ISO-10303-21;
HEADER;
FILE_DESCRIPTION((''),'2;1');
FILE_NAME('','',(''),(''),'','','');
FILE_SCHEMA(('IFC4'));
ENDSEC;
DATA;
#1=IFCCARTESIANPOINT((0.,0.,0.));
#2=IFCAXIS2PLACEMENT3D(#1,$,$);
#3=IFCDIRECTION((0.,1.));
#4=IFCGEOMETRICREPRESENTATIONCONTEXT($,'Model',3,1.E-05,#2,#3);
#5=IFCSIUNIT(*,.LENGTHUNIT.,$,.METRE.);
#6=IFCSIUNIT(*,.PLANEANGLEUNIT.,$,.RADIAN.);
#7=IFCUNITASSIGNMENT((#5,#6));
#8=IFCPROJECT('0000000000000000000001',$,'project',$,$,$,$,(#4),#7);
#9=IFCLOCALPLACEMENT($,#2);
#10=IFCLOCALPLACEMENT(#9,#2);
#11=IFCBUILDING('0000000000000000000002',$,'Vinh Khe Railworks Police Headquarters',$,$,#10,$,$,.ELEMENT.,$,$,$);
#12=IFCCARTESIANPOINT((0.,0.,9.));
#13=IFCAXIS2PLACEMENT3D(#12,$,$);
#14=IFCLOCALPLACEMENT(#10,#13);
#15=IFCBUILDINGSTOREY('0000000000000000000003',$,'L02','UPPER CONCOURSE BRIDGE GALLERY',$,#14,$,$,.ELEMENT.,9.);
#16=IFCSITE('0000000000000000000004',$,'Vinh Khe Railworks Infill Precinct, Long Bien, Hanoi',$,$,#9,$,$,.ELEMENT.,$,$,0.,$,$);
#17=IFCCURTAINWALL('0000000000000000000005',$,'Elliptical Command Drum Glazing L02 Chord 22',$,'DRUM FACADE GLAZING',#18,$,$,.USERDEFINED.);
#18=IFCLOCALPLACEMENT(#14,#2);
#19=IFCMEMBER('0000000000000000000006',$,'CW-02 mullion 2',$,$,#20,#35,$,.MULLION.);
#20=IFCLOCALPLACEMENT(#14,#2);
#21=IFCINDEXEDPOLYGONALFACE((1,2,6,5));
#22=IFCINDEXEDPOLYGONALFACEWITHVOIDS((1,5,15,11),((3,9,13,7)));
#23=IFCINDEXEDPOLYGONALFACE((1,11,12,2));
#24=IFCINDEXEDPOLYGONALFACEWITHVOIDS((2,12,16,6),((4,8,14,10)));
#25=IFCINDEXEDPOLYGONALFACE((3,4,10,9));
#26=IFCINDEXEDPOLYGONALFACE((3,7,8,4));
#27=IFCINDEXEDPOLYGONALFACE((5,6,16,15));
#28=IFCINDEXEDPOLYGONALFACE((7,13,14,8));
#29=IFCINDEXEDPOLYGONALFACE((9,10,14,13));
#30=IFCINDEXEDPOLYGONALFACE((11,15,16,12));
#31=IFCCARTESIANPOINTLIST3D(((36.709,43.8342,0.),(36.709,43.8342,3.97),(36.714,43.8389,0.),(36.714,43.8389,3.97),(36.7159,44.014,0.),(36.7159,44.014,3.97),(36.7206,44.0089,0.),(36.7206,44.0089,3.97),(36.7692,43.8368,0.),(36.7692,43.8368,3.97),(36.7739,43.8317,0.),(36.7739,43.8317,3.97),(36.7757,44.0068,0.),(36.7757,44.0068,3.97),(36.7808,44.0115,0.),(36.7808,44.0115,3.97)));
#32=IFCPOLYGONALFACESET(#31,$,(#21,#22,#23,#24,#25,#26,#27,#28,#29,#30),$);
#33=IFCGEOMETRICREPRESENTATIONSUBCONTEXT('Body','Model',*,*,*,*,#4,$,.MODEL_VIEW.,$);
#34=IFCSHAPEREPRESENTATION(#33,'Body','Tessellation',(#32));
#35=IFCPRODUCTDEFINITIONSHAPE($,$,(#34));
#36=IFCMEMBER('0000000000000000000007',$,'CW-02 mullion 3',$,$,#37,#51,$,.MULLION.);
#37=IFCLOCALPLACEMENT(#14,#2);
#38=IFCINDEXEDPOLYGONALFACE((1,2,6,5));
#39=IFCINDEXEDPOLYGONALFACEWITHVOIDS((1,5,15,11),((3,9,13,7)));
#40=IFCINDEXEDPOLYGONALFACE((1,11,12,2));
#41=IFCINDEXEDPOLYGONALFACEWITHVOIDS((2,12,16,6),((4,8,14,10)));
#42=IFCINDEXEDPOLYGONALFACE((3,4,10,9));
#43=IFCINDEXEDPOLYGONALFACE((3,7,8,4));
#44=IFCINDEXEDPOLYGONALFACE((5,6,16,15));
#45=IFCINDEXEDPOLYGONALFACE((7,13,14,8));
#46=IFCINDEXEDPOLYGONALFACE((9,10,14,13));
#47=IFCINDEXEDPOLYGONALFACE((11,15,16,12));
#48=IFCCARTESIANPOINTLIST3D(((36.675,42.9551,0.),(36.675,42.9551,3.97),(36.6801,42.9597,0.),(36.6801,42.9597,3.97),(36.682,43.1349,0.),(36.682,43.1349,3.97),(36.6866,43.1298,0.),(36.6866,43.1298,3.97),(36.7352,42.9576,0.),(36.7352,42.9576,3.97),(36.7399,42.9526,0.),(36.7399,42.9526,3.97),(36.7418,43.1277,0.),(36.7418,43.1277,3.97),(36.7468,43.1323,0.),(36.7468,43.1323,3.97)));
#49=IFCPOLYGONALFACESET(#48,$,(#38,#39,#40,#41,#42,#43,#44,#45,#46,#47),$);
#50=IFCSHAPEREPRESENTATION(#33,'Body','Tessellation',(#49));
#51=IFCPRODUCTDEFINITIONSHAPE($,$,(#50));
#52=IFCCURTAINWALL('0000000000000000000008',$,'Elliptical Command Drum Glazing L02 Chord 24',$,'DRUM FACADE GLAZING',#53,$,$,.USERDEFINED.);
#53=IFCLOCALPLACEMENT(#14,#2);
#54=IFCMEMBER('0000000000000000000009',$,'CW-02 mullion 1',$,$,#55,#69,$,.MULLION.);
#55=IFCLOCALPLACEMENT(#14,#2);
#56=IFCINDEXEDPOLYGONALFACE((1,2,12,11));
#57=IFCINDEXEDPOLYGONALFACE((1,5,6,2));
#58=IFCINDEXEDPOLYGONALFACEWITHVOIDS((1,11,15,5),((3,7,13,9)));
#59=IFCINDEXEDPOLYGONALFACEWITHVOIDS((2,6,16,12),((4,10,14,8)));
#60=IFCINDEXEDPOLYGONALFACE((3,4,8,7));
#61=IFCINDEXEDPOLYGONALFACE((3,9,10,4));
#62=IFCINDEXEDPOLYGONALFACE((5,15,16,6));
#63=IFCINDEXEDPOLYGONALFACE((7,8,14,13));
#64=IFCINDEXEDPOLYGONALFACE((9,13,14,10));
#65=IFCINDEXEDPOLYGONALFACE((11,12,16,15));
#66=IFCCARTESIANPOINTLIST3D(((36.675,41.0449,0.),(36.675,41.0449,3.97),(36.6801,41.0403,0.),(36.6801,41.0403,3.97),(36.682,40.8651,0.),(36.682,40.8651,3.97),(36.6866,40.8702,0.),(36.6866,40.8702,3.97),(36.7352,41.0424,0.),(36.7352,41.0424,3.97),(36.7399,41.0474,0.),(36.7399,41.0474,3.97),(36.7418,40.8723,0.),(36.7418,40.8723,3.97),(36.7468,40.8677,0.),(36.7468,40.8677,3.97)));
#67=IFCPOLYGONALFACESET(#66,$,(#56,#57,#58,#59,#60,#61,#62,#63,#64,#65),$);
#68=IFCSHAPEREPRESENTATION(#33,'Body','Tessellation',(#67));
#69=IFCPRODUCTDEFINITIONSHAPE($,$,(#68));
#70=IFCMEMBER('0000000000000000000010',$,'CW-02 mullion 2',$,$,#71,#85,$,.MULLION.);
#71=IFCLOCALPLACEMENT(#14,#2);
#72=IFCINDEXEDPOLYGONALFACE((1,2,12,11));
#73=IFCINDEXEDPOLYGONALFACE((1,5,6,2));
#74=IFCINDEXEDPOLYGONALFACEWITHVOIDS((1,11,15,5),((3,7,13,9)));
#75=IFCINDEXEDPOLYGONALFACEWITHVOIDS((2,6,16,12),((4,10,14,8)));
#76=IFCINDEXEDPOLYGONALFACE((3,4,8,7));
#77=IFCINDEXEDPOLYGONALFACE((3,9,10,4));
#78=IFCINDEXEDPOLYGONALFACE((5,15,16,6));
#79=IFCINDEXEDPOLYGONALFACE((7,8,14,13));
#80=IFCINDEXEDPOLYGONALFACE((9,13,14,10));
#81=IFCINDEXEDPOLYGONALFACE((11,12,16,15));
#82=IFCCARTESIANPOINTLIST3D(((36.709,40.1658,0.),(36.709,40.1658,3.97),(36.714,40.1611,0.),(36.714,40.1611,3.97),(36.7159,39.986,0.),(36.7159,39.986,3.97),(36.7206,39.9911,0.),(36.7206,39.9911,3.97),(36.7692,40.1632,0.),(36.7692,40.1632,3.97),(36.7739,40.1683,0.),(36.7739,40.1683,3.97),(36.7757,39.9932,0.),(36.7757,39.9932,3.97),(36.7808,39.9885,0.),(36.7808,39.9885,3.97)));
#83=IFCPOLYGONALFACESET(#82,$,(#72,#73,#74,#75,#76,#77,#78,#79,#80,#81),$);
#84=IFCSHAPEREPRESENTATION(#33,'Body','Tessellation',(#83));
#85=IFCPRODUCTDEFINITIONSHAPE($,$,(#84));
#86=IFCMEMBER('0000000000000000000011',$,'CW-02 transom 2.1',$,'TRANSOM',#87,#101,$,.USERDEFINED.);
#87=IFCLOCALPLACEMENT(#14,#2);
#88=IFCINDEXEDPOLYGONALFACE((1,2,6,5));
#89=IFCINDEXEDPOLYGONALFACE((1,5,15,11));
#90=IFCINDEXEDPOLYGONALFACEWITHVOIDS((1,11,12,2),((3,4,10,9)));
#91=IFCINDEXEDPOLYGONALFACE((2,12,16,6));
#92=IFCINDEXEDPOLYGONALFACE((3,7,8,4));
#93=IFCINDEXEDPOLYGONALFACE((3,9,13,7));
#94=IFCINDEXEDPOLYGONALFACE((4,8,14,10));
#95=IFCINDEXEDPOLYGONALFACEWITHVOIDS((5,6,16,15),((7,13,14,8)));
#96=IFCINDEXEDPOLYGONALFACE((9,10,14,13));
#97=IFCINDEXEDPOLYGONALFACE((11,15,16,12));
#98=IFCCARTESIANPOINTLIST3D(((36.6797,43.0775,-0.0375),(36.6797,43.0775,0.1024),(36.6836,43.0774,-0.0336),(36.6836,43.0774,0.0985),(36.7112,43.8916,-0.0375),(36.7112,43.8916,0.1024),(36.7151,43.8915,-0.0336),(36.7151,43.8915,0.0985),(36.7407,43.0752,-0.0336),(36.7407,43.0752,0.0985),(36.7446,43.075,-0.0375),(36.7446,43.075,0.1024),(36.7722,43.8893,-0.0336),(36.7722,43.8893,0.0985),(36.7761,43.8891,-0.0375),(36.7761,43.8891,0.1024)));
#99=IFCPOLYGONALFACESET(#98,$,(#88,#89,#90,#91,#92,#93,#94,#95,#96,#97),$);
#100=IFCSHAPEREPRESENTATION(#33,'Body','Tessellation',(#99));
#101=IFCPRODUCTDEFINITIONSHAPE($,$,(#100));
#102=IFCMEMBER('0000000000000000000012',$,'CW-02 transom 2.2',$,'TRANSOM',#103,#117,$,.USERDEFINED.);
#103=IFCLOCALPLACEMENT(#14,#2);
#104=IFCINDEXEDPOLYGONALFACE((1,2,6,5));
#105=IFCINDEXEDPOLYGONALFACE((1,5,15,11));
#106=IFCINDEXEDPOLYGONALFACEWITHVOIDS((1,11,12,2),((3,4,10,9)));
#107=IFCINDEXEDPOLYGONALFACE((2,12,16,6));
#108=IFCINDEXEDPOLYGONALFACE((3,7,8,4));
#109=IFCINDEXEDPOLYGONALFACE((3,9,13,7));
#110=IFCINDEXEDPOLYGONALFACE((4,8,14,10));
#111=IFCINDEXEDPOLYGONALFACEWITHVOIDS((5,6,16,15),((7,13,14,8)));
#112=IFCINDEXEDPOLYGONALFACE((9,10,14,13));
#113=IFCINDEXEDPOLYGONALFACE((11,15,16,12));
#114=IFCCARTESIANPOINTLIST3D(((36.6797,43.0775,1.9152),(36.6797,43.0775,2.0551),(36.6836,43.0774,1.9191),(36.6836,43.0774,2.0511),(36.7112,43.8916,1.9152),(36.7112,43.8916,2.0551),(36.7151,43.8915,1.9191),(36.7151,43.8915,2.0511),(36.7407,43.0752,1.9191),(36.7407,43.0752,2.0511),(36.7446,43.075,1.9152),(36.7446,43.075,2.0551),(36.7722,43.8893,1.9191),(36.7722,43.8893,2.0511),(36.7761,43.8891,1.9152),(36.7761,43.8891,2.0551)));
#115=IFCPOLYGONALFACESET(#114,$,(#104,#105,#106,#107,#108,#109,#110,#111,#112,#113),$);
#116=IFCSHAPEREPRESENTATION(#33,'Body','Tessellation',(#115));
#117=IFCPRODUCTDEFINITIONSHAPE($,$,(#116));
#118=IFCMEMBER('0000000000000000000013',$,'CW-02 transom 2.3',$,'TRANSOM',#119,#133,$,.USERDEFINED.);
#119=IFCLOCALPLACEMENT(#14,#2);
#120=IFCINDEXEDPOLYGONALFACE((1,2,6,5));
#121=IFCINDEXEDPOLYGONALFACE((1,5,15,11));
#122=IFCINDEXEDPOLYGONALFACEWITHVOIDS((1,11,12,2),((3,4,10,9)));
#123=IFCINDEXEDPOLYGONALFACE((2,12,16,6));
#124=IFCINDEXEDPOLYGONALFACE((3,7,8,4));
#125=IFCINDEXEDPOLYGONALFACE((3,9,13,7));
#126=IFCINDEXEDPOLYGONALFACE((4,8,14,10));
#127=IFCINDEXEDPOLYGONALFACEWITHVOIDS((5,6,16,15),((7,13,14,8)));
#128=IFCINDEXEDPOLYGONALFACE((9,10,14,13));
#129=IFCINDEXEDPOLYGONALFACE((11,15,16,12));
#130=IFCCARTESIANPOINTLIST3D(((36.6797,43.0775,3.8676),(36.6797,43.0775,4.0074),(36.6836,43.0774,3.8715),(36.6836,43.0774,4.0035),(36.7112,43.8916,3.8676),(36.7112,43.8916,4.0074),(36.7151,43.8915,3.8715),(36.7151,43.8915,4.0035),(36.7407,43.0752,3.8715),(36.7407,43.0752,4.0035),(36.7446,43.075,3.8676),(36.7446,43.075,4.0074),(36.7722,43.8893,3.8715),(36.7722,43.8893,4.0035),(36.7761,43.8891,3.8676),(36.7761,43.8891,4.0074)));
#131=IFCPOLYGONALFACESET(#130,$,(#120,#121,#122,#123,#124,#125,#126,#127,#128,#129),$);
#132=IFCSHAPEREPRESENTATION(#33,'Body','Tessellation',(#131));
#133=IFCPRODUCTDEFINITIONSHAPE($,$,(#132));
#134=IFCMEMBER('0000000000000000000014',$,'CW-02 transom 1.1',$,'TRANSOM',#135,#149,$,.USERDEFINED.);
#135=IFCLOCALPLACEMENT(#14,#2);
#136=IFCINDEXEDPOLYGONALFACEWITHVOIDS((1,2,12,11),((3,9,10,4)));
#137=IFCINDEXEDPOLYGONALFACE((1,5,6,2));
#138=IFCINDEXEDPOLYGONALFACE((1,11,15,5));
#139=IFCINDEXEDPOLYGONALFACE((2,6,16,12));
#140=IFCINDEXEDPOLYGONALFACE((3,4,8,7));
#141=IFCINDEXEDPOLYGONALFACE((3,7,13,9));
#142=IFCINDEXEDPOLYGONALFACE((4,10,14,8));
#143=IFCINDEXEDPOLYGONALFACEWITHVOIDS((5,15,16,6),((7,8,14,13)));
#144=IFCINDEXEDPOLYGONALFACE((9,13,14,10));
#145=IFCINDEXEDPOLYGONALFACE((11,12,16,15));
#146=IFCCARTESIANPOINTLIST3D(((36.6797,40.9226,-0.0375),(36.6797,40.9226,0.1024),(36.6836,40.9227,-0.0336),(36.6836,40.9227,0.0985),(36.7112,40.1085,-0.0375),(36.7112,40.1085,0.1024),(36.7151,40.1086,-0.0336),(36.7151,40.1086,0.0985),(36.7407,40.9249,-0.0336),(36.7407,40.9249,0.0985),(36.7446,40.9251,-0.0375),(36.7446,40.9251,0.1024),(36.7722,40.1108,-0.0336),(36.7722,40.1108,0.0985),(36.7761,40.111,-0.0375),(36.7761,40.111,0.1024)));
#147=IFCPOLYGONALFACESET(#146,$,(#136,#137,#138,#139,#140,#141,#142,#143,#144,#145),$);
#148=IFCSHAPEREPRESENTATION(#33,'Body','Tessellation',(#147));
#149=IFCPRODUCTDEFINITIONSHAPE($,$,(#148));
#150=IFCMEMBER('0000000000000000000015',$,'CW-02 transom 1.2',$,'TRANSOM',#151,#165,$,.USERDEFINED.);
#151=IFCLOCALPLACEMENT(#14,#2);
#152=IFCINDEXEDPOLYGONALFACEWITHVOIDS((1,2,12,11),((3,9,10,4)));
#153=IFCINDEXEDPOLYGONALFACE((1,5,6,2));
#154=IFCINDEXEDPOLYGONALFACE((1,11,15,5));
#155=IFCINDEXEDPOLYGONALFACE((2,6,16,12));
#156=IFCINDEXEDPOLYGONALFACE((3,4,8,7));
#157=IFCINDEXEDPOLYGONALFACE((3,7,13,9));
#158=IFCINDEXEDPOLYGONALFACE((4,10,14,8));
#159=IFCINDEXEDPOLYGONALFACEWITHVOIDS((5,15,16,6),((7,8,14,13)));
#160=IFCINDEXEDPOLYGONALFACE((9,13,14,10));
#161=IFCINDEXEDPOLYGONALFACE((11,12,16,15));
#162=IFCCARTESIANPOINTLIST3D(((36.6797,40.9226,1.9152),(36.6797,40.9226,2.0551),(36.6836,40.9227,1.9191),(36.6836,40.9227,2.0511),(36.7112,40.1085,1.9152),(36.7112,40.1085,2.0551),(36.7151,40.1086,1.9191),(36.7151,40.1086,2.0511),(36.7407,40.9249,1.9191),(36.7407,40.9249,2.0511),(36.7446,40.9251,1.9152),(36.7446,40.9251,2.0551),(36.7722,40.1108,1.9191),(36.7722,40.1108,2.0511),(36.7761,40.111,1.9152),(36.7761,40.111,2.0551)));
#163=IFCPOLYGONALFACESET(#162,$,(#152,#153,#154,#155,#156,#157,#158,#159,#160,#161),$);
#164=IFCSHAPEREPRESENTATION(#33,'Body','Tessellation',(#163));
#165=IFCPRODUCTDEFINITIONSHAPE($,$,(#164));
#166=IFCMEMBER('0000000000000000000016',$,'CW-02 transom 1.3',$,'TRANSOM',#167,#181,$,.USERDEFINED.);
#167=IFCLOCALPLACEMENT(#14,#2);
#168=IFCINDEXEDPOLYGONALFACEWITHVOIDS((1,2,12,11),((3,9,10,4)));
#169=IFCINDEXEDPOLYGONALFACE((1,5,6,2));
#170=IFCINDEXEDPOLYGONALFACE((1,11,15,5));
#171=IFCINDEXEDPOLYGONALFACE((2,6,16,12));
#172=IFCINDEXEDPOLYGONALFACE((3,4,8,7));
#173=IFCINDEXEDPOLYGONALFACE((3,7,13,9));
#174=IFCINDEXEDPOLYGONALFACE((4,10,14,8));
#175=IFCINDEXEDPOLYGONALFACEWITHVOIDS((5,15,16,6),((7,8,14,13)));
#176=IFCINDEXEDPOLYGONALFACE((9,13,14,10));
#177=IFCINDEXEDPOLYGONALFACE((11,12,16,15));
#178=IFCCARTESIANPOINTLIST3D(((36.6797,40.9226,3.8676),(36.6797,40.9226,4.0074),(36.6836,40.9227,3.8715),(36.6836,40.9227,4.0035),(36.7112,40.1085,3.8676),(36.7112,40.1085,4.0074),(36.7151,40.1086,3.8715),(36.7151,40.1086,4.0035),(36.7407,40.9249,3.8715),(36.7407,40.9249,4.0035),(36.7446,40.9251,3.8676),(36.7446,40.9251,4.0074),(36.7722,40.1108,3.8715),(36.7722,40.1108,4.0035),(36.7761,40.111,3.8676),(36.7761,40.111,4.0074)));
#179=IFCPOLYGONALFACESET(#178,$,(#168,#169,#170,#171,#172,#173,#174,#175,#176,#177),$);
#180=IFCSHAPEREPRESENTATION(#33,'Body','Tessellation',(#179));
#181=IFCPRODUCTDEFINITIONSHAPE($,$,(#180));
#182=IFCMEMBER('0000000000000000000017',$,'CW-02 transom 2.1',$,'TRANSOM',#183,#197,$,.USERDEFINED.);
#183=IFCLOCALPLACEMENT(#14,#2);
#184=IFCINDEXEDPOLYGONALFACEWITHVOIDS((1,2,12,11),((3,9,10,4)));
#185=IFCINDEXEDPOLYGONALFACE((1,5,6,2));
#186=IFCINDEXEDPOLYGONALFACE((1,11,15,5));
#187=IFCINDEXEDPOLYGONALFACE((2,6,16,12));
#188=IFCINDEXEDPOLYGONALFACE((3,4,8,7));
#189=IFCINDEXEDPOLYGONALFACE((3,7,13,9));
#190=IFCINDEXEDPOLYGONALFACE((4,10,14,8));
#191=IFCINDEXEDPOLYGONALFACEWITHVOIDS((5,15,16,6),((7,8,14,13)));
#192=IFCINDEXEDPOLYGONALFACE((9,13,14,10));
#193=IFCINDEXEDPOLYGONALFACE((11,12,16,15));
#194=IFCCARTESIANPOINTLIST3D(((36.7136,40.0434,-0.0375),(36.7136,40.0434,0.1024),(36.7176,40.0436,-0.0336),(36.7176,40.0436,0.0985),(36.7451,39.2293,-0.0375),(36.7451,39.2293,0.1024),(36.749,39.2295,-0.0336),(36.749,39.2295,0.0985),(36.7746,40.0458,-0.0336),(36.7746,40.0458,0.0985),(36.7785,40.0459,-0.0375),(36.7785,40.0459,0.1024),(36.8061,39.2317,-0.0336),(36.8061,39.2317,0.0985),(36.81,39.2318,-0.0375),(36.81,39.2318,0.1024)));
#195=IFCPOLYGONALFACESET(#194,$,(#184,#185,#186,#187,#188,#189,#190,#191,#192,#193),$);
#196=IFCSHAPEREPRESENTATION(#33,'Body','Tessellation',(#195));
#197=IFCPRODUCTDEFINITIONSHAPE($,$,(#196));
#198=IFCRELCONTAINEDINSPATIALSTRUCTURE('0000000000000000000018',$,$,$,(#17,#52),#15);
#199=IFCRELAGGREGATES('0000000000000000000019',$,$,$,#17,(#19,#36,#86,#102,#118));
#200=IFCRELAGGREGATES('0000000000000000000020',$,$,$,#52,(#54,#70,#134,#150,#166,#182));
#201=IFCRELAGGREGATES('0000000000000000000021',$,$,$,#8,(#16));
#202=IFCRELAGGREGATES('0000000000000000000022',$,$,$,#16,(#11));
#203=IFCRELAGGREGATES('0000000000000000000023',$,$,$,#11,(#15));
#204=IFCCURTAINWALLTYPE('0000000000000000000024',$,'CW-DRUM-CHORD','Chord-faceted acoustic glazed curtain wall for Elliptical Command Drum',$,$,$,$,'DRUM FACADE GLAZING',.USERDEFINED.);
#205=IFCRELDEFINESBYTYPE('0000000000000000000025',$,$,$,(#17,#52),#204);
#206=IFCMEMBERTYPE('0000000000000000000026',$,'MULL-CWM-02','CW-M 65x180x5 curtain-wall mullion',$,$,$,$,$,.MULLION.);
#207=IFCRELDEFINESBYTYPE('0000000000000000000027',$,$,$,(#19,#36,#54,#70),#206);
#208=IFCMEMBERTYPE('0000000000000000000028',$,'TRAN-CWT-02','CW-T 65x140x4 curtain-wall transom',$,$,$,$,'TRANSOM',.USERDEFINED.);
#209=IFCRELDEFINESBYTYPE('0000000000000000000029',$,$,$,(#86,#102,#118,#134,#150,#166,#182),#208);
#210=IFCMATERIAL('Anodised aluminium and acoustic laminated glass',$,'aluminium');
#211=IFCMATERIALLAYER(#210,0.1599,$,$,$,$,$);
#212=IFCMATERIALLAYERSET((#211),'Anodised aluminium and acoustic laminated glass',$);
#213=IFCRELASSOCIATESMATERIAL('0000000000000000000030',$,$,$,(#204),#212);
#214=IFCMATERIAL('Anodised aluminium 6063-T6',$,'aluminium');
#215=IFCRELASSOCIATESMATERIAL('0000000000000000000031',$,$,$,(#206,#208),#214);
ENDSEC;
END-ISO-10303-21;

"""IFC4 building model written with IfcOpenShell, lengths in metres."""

from ifc_helpers import new_model, si_unit, direction, frame, origin, origin_2d, place, context, subcontext, project, spatial, hollow_rectangle, extrude, material, layer, layer_set, material_profile, profile_set, type_object, element, aggregate, save


model = new_model("IFC4")

# Units and contexts
model_context = context("Model", 3, precision=1e-05, world=origin(), true_north=direction((0.0, 1.0)))
body_context = subcontext(model_context, "Body", "Model", "MODEL_VIEW")
ifc_project = project(units=[si_unit("LENGTHUNIT", "METRE"), si_unit("PLANEANGLEUNIT", "RADIAN")], contexts=[model_context])

# Site, building, storey
site_placement = place(None, origin())
site = spatial("IfcSite", under=ifc_project, at=site_placement, Name="Vinh Khe Railworks Infill Precinct, Long Bien, Hanoi", CompositionType="ELEMENT", RefElevation=0.0)
building_placement = place(site_placement, origin())
building = spatial("IfcBuilding", under=site, at=building_placement, Name="Vinh Khe Railworks Police Headquarters", CompositionType="ELEMENT")
storey_placement = place(building_placement, frame((0.0, 0.0, 9.0)))
storey = spatial("IfcBuildingStorey", under=building, at=storey_placement, Name="L02", Description="UPPER CONCOURSE BRIDGE GALLERY", CompositionType="ELEMENT", Elevation=9.0)

# Curtain walls, members
ifc_material_1 = material(Name="Anodised aluminium and acoustic laminated glass", Category="aluminium")
ifc_layer_1 = layer(ifc_material_1, 0.1599)
ifc_layer_set_1 = layer_set([ifc_layer_1], Name="Anodised aluminium and acoustic laminated glass")
curtain_wall_type = type_object("IfcCurtainWallType", Name="CW-DRUM-CHORD", Description="Chord-faceted acoustic glazed curtain wall for Elliptical Command Drum", ElementType="DRUM FACADE GLAZING", PredefinedType="USERDEFINED", material=ifc_layer_set_1)
curtain_wall_1_placement = place(storey_placement, origin())
curtain_wall_1 = element("IfcCurtainWall", 1, at=curtain_wall_1_placement, inside=storey, type_object=curtain_wall_type, Name="Elliptical Command Drum Glazing L02 Chord 22", ObjectType="DRUM FACADE GLAZING", PredefinedType="USERDEFINED")
ifc_material_2 = material(Name="Anodised aluminium 6063-T6", Category="aluminium")
ifc_material_profile_1 = material_profile(ifc_material_2, hollow_rectangle(XDim=0.0649, YDim=0.1799, WallThickness=0.0049, at=origin_2d()), Name="CW-M 65x180x5")
ifc_profile_set_1 = profile_set([ifc_material_profile_1], Name="Anodised aluminium 6063-T6")
member_type_1 = type_object("IfcMemberType", Name="MULL-CWM-02", Description="CW-M 65x180x5 curtain-wall mullion", PredefinedType="MULLION", material=ifc_profile_set_1)
member_1_placement = place(storey_placement, frame((36.7449, 43.9229, 0.0), z_axis=(0.0, 0.0, 1.0), x_axis=(0.999258, -0.038513, 0.0)))
member_1 = element("IfcMember", 2, at=member_1_placement, type_object=member_type_1, Name="CW-02 mullion 2", PredefinedType="MULLION", context=body_context, shape_type="SweptSolid", body=[
    extrude(hollow_rectangle(XDim=0.0649, YDim=0.1799, WallThickness=0.0049, at=origin_2d()), origin(), (0.0, 0.0, 1.0), 3.97),
])
member_2_placement = place(storey_placement, frame((36.7109, 43.0437, 0.0), z_axis=(0.0, 0.0, 1.0), x_axis=(0.999258, -0.038513, 0.0)))
member_2 = element("IfcMember", 3, at=member_2_placement, type_object=member_type_1, Name="CW-02 mullion 3", PredefinedType="MULLION", context=body_context, shape_type="SweptSolid", body=[
    extrude(hollow_rectangle(XDim=0.0649, YDim=0.1799, WallThickness=0.0049, at=origin_2d()), origin(), (0.0, 0.0, 1.0), 3.97),
])
curtain_wall_2_placement = place(storey_placement, origin())
curtain_wall_2 = element("IfcCurtainWall", 4, at=curtain_wall_2_placement, inside=storey, type_object=curtain_wall_type, Name="Elliptical Command Drum Glazing L02 Chord 24", ObjectType="DRUM FACADE GLAZING", PredefinedType="USERDEFINED")
member_3_placement = place(storey_placement, frame((36.7109, 40.9563, 0.0), z_axis=(0.0, 0.0, 1.0), x_axis=(0.999258, 0.038513, 0.0)))
member_3 = element("IfcMember", 5, at=member_3_placement, type_object=member_type_1, Name="CW-02 mullion 1", PredefinedType="MULLION", context=body_context, shape_type="SweptSolid", body=[
    extrude(hollow_rectangle(XDim=0.0649, YDim=0.1799, WallThickness=0.0049, at=origin_2d()), origin(), (0.0, 0.0, 1.0), 3.97),
])
member_4_placement = place(storey_placement, frame((36.7449, 40.0771, 0.0), z_axis=(0.0, 0.0, 1.0), x_axis=(0.999258, 0.038513, 0.0)))
member_4 = element("IfcMember", 6, at=member_4_placement, type_object=member_type_1, Name="CW-02 mullion 2", PredefinedType="MULLION", context=body_context, shape_type="SweptSolid", body=[
    extrude(hollow_rectangle(XDim=0.0649, YDim=0.1799, WallThickness=0.0049, at=origin_2d()), origin(), (0.0, 0.0, 1.0), 3.97),
])

# Members
ifc_material_profile_2 = material_profile(ifc_material_2, hollow_rectangle(XDim=0.0649, YDim=0.1399, WallThickness=0.0039, at=origin_2d()), Name="CW-T 65x140x4")
ifc_profile_set_2 = profile_set([ifc_material_profile_2], Name="Anodised aluminium 6063-T6")
member_type_2 = type_object("IfcMemberType", Name="TRAN-CWT-02", Description="CW-T 65x140x4 curtain-wall transom", ElementType="TRANSOM", PredefinedType="USERDEFINED", material=ifc_profile_set_2)
member_5_placement = place(storey_placement, frame((36.7437, 43.8904, 0.0325), z_axis=(-0.038652, -0.999253, 0.0), x_axis=(0.999253, -0.038652, 0.0)))
member_5 = element("IfcMember", 7, at=member_5_placement, type_object=member_type_2, Name="CW-02 transom 2.1", ObjectType="TRANSOM", PredefinedType="USERDEFINED", context=body_context, shape_type="SweptSolid", body=[
    extrude(hollow_rectangle(XDim=0.0649, YDim=0.1399, WallThickness=0.0039, at=origin_2d()), origin(), (0.0, 0.0, 1.0), 0.8147),
])
member_6_placement = place(storey_placement, frame((36.7437, 43.8904, 1.9851), z_axis=(-0.038652, -0.999253, 0.0), x_axis=(0.999253, -0.038652, 0.0)))
member_6 = element("IfcMember", 8, at=member_6_placement, type_object=member_type_2, Name="CW-02 transom 2.2", ObjectType="TRANSOM", PredefinedType="USERDEFINED", context=body_context, shape_type="SweptSolid", body=[
    extrude(hollow_rectangle(XDim=0.0649, YDim=0.1399, WallThickness=0.0039, at=origin_2d()), origin(), (0.0, 0.0, 1.0), 0.8147),
])
member_7_placement = place(storey_placement, frame((36.7437, 43.8904, 3.9375), z_axis=(-0.038652, -0.999253, 0.0), x_axis=(0.999253, -0.038652, 0.0)))
member_7 = element("IfcMember", 9, at=member_7_placement, type_object=member_type_2, Name="CW-02 transom 2.3", ObjectType="TRANSOM", PredefinedType="USERDEFINED", context=body_context, shape_type="SweptSolid", body=[
    extrude(hollow_rectangle(XDim=0.0649, YDim=0.1399, WallThickness=0.0039, at=origin_2d()), origin(), (0.0, 0.0, 1.0), 0.8147),
])
member_8_placement = place(storey_placement, frame((36.7122, 40.9238, 0.0325), z_axis=(0.038652, -0.999253, 0.0), x_axis=(0.999253, 0.038652, 0.0)))
member_8 = element("IfcMember", 10, at=member_8_placement, type_object=member_type_2, Name="CW-02 transom 1.1", ObjectType="TRANSOM", PredefinedType="USERDEFINED", context=body_context, shape_type="SweptSolid", body=[
    extrude(hollow_rectangle(XDim=0.0649, YDim=0.1399, WallThickness=0.0039, at=origin_2d()), origin(), (0.0, 0.0, 1.0), 0.8147),
])
member_9_placement = place(storey_placement, frame((36.7122, 40.9238, 1.9851), z_axis=(0.038652, -0.999253, 0.0), x_axis=(0.999253, 0.038652, 0.0)))
member_9 = element("IfcMember", 11, at=member_9_placement, type_object=member_type_2, Name="CW-02 transom 1.2", ObjectType="TRANSOM", PredefinedType="USERDEFINED", context=body_context, shape_type="SweptSolid", body=[
    extrude(hollow_rectangle(XDim=0.0649, YDim=0.1399, WallThickness=0.0039, at=origin_2d()), origin(), (0.0, 0.0, 1.0), 0.8147),
])
member_10_placement = place(storey_placement, frame((36.7122, 40.9238, 3.9375), z_axis=(0.038652, -0.999253, 0.0), x_axis=(0.999253, 0.038652, 0.0)))
member_10 = element("IfcMember", 12, at=member_10_placement, type_object=member_type_2, Name="CW-02 transom 1.3", ObjectType="TRANSOM", PredefinedType="USERDEFINED", context=body_context, shape_type="SweptSolid", body=[
    extrude(hollow_rectangle(XDim=0.0649, YDim=0.1399, WallThickness=0.0039, at=origin_2d()), origin(), (0.0, 0.0, 1.0), 0.8147),
])
member_11_placement = place(storey_placement, frame((36.7461, 40.0447, 0.0325), z_axis=(0.038652, -0.999253, 0.0), x_axis=(0.999253, 0.038652, 0.0)))
member_11 = element("IfcMember", 13, at=member_11_placement, type_object=member_type_2, Name="CW-02 transom 2.1", ObjectType="TRANSOM", PredefinedType="USERDEFINED", context=body_context, shape_type="SweptSolid", body=[
    extrude(hollow_rectangle(XDim=0.0649, YDim=0.1399, WallThickness=0.0039, at=origin_2d()), origin(), (0.0, 0.0, 1.0), 0.8147),
])

aggregate(curtain_wall_1, [member_1, member_2, member_5, member_6, member_7])
aggregate(curtain_wall_2, [member_3, member_4, member_8, member_9, member_10, member_11])

save(model, "model.ifc")
